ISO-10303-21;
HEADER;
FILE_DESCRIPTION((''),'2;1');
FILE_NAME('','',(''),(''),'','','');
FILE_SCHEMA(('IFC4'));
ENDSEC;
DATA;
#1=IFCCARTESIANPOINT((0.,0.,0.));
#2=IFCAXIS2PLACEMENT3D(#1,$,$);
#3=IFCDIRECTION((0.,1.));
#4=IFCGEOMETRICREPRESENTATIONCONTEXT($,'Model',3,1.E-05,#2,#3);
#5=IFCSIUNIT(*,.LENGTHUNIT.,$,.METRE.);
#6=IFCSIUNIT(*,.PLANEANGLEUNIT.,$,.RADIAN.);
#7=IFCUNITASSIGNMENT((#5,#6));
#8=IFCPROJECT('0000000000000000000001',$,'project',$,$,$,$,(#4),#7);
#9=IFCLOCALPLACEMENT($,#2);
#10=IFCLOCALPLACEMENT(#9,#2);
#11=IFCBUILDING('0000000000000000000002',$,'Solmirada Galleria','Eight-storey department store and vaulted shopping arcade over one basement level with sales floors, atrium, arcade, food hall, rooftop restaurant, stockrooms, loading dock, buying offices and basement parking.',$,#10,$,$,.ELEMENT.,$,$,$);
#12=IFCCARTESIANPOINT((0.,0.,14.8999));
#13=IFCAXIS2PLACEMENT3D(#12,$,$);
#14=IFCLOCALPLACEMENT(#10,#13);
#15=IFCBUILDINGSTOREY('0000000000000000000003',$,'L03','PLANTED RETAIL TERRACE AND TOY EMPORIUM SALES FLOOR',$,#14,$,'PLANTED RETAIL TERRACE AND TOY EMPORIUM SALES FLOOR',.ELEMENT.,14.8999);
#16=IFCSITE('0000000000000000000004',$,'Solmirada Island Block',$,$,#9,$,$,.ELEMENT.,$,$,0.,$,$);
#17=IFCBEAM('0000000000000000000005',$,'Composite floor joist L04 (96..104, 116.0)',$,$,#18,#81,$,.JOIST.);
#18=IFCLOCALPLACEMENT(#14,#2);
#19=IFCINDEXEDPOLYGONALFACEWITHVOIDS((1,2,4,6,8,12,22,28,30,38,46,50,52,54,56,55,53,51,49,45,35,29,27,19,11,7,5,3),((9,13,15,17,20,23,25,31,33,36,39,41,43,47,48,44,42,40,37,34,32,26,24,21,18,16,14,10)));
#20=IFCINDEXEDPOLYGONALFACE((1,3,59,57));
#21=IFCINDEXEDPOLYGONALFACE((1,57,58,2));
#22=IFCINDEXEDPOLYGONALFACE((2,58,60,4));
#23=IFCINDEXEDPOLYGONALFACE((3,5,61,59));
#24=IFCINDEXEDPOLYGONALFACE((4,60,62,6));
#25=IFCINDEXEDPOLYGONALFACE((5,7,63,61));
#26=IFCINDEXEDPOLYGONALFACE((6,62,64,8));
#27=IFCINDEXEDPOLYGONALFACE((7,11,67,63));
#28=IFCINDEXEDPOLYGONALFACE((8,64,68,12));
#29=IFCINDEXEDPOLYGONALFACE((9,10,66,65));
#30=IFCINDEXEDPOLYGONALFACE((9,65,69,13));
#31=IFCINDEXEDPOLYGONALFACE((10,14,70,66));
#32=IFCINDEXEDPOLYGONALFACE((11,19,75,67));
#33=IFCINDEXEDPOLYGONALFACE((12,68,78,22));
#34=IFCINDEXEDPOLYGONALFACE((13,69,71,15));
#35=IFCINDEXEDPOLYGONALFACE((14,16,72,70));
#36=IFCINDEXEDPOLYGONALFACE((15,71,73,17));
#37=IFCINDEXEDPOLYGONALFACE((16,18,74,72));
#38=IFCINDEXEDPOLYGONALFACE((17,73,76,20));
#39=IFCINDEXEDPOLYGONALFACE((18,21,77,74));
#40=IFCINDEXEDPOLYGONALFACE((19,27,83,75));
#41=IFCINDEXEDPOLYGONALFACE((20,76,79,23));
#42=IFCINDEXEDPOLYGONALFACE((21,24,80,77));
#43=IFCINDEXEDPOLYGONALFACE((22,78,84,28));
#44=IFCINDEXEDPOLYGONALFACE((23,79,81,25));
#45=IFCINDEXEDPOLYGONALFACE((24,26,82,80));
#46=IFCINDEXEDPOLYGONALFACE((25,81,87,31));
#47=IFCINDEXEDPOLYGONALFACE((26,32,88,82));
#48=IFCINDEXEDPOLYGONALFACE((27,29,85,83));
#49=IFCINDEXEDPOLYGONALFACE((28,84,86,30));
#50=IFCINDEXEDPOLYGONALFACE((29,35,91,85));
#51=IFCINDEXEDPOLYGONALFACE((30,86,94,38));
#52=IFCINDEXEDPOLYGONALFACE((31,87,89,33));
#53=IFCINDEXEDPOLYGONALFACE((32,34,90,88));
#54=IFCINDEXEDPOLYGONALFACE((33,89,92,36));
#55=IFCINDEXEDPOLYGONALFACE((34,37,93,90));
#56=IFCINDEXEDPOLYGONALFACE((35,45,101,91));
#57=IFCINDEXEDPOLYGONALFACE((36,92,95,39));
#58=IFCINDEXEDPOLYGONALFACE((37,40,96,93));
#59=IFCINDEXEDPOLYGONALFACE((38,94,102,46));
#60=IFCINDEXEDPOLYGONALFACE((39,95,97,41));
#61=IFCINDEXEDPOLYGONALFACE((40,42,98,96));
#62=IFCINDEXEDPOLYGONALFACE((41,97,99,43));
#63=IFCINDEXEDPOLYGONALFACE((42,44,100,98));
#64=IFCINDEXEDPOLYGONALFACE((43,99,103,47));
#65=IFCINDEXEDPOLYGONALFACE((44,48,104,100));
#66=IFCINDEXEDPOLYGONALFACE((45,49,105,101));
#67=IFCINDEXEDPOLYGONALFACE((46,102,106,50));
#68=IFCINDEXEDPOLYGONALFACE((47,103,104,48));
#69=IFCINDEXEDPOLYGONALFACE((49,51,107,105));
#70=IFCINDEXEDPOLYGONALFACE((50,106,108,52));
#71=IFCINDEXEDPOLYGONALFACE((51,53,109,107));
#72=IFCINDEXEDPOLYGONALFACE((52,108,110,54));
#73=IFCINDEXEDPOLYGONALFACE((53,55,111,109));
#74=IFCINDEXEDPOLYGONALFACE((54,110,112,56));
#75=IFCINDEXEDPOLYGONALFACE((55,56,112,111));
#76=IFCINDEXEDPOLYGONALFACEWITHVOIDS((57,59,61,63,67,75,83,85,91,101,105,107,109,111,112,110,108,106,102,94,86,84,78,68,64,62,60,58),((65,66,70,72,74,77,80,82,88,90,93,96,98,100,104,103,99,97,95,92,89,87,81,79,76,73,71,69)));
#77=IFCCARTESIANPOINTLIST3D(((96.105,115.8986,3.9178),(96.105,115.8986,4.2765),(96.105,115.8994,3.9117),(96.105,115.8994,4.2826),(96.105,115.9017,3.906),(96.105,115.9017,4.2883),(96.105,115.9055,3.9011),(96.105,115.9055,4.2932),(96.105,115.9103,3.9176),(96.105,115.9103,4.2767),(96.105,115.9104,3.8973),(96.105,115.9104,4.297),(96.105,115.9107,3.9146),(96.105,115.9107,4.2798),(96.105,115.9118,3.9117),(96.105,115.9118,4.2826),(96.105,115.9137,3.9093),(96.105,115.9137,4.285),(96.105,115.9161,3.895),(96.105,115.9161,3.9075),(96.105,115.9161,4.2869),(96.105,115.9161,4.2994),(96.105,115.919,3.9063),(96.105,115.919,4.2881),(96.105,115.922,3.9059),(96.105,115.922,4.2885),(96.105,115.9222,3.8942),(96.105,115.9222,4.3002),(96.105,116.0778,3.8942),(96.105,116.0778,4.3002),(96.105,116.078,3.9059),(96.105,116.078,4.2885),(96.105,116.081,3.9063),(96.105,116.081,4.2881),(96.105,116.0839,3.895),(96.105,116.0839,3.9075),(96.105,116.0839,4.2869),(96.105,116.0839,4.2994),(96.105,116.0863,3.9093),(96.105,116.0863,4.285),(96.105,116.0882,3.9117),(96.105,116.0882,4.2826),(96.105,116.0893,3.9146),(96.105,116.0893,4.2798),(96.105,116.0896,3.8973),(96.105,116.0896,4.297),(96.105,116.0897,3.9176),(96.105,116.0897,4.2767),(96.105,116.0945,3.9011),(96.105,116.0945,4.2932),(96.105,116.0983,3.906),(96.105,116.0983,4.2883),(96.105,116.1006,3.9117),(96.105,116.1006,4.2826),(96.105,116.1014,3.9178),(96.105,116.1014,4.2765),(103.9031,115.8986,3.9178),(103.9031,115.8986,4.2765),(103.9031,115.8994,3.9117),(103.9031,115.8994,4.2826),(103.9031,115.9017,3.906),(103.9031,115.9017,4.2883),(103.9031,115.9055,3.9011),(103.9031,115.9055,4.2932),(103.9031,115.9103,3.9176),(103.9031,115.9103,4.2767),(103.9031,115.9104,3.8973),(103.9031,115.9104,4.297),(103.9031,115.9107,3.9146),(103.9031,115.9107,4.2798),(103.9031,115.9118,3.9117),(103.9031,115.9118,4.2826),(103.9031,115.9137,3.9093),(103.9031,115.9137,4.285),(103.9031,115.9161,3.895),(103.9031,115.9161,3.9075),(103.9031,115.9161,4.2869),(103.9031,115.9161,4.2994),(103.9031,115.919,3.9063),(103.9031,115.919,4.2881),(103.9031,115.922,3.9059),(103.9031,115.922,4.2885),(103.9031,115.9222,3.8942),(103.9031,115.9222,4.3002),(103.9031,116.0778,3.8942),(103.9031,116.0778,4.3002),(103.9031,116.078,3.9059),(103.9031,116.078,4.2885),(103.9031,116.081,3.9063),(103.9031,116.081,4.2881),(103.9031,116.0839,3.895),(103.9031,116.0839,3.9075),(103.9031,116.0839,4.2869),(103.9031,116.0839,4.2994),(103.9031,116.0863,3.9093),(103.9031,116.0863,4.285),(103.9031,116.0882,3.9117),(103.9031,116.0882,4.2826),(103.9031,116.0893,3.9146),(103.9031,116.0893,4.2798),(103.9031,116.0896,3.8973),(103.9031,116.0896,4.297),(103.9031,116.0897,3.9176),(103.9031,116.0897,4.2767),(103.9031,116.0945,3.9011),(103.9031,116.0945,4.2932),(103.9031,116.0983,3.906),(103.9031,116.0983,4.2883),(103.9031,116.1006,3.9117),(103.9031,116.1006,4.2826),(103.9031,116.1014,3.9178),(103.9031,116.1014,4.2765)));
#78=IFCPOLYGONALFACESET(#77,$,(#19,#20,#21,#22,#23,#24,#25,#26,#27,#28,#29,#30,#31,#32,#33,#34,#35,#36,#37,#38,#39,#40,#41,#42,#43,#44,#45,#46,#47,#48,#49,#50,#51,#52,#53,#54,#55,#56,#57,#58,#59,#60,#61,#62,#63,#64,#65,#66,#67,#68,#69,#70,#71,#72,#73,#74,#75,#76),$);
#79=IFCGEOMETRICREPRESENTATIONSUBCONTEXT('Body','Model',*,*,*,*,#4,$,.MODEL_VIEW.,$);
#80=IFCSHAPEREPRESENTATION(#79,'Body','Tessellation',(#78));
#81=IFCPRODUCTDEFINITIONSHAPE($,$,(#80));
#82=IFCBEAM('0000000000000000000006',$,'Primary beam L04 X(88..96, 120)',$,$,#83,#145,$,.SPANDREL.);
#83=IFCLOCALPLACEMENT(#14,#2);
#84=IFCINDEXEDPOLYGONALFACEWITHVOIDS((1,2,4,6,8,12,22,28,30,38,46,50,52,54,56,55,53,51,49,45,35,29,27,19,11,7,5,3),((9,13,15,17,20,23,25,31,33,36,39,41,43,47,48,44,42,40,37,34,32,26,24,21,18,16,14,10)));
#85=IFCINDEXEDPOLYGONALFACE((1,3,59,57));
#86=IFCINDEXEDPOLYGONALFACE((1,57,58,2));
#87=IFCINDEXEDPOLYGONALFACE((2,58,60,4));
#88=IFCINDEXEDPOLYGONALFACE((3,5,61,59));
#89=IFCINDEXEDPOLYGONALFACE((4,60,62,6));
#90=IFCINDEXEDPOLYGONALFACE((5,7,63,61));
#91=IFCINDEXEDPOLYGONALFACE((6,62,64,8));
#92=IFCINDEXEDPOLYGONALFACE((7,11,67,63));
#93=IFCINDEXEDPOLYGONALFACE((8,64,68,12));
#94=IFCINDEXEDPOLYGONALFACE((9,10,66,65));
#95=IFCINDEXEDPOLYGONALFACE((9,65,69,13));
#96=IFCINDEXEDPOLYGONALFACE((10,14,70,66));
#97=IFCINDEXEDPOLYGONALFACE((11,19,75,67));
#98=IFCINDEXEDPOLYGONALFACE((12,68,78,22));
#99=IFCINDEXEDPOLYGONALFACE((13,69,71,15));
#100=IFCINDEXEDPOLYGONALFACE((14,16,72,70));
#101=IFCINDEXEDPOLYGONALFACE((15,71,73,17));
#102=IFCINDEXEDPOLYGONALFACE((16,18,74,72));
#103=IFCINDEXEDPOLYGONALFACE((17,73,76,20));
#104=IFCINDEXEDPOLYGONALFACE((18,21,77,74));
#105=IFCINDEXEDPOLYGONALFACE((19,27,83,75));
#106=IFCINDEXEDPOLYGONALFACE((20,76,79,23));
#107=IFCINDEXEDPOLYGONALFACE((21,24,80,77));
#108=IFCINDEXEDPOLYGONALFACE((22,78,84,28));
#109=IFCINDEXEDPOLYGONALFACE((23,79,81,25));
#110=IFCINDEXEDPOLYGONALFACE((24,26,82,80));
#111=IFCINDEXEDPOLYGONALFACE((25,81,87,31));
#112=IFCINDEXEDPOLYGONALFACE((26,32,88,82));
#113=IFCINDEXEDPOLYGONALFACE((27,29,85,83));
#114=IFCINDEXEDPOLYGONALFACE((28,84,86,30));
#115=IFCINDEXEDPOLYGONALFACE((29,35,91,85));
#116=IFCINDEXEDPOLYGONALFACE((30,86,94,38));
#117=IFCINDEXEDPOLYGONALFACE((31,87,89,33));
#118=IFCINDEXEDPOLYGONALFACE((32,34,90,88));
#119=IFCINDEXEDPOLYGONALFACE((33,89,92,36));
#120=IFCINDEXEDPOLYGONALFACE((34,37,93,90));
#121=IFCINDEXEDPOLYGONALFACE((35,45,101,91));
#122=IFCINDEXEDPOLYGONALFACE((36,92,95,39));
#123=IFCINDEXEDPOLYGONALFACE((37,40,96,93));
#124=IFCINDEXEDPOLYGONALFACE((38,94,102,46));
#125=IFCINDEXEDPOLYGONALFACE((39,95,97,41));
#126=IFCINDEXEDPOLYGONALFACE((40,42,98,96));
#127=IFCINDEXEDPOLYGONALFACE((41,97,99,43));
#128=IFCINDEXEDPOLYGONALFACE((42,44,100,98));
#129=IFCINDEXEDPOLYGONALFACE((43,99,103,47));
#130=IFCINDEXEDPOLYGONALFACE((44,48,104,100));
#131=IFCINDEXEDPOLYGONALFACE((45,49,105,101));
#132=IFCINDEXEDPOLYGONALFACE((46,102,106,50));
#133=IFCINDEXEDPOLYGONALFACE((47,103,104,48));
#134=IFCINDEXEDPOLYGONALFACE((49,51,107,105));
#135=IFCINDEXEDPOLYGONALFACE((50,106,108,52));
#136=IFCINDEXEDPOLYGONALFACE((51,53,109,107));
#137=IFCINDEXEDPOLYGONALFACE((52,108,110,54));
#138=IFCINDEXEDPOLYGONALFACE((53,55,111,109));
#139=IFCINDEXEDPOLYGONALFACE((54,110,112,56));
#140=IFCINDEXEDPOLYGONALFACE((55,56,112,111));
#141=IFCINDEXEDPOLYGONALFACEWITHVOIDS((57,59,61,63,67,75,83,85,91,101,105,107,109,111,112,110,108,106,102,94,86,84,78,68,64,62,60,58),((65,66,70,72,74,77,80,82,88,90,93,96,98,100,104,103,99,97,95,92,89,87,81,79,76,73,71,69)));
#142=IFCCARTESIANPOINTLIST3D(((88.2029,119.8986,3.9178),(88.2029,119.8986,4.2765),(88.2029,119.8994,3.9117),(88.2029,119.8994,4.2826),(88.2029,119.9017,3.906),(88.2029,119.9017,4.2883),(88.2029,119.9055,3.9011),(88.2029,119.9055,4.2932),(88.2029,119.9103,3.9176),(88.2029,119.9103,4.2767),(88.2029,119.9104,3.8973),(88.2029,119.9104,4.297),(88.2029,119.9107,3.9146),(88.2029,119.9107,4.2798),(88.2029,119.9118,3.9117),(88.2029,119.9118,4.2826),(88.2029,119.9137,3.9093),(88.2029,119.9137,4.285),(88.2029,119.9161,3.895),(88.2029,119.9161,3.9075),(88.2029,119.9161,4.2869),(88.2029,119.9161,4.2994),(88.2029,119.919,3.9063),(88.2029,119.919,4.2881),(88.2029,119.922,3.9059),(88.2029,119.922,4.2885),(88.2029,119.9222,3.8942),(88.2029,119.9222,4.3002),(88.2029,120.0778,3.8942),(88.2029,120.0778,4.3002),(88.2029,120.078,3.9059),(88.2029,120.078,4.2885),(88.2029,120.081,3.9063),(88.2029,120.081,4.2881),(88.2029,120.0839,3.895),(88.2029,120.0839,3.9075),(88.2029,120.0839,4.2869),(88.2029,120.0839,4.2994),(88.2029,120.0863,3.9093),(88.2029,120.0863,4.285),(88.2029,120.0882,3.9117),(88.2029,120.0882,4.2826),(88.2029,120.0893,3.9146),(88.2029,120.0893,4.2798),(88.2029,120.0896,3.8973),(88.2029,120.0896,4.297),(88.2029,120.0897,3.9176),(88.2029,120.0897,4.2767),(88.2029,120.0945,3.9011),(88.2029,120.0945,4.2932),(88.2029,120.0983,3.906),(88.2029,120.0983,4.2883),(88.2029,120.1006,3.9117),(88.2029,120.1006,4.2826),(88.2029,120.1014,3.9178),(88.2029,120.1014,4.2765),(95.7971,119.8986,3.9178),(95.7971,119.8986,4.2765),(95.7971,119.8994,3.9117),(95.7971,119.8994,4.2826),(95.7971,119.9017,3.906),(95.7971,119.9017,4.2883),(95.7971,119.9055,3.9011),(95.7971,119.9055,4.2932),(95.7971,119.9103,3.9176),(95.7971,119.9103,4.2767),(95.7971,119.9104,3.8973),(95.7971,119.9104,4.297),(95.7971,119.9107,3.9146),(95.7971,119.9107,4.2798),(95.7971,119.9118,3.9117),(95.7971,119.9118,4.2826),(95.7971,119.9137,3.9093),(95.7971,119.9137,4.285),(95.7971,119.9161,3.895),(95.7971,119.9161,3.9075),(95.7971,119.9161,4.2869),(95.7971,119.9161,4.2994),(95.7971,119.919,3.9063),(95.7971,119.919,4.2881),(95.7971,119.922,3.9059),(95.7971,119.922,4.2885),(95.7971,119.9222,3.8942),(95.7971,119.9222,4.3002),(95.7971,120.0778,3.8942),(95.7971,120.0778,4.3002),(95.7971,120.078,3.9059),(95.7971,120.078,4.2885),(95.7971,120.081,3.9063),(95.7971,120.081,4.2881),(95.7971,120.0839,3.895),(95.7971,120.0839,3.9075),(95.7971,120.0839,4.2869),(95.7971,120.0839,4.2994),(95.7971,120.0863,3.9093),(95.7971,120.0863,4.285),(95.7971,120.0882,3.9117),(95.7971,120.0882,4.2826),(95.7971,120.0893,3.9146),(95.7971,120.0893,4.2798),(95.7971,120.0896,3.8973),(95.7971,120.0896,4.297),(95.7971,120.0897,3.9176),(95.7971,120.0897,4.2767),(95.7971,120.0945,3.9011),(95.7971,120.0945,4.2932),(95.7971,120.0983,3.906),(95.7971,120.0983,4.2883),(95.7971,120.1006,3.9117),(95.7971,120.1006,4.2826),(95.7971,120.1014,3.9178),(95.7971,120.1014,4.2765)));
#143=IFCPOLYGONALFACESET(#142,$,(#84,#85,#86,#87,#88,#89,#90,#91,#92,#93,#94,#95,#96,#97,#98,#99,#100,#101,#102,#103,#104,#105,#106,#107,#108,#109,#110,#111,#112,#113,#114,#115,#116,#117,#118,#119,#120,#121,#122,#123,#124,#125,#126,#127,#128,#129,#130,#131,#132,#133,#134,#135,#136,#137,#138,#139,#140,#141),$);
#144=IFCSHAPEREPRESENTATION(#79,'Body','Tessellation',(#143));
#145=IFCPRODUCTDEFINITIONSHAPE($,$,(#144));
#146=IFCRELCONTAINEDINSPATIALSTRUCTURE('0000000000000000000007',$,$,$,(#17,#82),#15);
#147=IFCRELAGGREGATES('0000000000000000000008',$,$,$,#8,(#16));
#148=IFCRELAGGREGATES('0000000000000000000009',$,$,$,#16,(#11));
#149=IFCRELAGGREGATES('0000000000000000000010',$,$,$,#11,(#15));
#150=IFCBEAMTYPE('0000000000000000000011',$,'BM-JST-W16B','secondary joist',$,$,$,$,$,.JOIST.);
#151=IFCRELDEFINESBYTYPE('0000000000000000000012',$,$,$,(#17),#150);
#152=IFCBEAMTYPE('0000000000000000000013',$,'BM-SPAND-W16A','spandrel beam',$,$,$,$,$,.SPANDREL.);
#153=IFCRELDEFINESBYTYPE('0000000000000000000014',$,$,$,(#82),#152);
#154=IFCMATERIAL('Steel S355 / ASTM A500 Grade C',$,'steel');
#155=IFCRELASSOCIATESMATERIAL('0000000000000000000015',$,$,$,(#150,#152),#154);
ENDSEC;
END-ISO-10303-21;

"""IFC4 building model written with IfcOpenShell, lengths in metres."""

from ifc_helpers import new_model, si_unit, direction, frame, origin, origin_2d, place, context, subcontext, project, spatial, hollow_rectangle, extrude, material, material_profile, profile_set, type_object, element, save


model = new_model("IFC4")

# Units and contexts
model_context = context("Model", 3, precision=1e-05, world=origin(), true_north=direction((0.0, 1.0)))
body_context = subcontext(model_context, "Body", "Model", "MODEL_VIEW")
ifc_project = project(units=[si_unit("LENGTHUNIT", "METRE"), si_unit("PLANEANGLEUNIT", "RADIAN")], contexts=[model_context])

# Site, building, storey
site_placement = place(None, origin())
site = spatial("IfcSite", under=ifc_project, at=site_placement, Name="Solmirada Island Block", CompositionType="ELEMENT", RefElevation=0.0)
building_placement = place(site_placement, origin())
building = spatial("IfcBuilding", under=site, at=building_placement, Name="Solmirada Galleria", Description="Eight-storey department store and vaulted shopping arcade over one basement level with sales floors, atrium, arcade, food hall, rooftop restaurant, stockrooms, loading dock, buying offices and basement parking.", CompositionType="ELEMENT")
storey_placement = place(building_placement, frame((0.0, 0.0, 14.8999)))
storey = spatial("IfcBuildingStorey", under=building, at=storey_placement, Name="L03", Description="PLANTED RETAIL TERRACE AND TOY EMPORIUM SALES FLOOR", LongName="PLANTED RETAIL TERRACE AND TOY EMPORIUM SALES FLOOR", CompositionType="ELEMENT", Elevation=14.8999)

# Shared definitions
ifc_material_1 = material(Name="Steel S355 / ASTM A500 Grade C", Category="steel")

# Beams
ifc_material_profile_1 = material_profile(ifc_material_1, hollow_rectangle(XDim=0.2029, YDim=0.406, WallThickness=0.0117, InnerFilletRadius=0.0117, OuterFilletRadius=0.0237, at=origin_2d()), Name="HSS16X8X1/2")
ifc_profile_set_1 = profile_set([ifc_material_profile_1], Name="Steel S355 / ASTM A500 Grade C")
beam_type_1 = type_object("IfcBeamType", Name="BM-JST-W16B", Description="secondary joist", PredefinedType="JOIST", material=ifc_profile_set_1)
for number, where, z_axis, x_axis, name in (
    (1, (96.105, 116.0, 4.0972), (1.0, 0.0, 0.0), (0.0, 1.0, 0.0), "Composite floor joist L04 (96..104, 116.0)"),
):
    element("IfcBeam", number, at=place(storey_placement, frame(where, z_axis=z_axis, x_axis=x_axis)), inside=storey, type_object=beam_type_1, Name=name, PredefinedType="JOIST", context=body_context, shape_type="SweptSolid", body=[
        extrude(hollow_rectangle(XDim=0.2029, YDim=0.406, WallThickness=0.0117, InnerFilletRadius=0.0117, OuterFilletRadius=0.0237, at=origin_2d()), origin(), (0.0, 0.0, 1.0), 7.7981),
    ])
ifc_material_profile_2 = material_profile(ifc_material_1, hollow_rectangle(XDim=0.2029, YDim=0.406, WallThickness=0.0117, InnerFilletRadius=0.0117, OuterFilletRadius=0.0237, at=origin_2d()), Name="HSS16X8X1/2")
ifc_profile_set_2 = profile_set([ifc_material_profile_2], Name="Steel S355 / ASTM A500 Grade C")
beam_type_2 = type_object("IfcBeamType", Name="BM-SPAND-W16A", Description="spandrel beam", PredefinedType="SPANDREL", material=ifc_profile_set_2)
for number, where, z_axis, x_axis, name in (
    (2, (88.2029, 120.0, 4.0972), (1.0, 0.0, 0.0), (0.0, 1.0, 0.0), "Primary beam L04 X(88..96, 120)"),
):
    element("IfcBeam", number, at=place(storey_placement, frame(where, z_axis=z_axis, x_axis=x_axis)), inside=storey, type_object=beam_type_2, Name=name, PredefinedType="SPANDREL", context=body_context, shape_type="SweptSolid", body=[
        extrude(hollow_rectangle(XDim=0.2029, YDim=0.406, WallThickness=0.0117, InnerFilletRadius=0.0117, OuterFilletRadius=0.0237, at=origin_2d()), origin(), (0.0, 0.0, 1.0), 7.5942),
    ])

save(model, "model.ifc")
